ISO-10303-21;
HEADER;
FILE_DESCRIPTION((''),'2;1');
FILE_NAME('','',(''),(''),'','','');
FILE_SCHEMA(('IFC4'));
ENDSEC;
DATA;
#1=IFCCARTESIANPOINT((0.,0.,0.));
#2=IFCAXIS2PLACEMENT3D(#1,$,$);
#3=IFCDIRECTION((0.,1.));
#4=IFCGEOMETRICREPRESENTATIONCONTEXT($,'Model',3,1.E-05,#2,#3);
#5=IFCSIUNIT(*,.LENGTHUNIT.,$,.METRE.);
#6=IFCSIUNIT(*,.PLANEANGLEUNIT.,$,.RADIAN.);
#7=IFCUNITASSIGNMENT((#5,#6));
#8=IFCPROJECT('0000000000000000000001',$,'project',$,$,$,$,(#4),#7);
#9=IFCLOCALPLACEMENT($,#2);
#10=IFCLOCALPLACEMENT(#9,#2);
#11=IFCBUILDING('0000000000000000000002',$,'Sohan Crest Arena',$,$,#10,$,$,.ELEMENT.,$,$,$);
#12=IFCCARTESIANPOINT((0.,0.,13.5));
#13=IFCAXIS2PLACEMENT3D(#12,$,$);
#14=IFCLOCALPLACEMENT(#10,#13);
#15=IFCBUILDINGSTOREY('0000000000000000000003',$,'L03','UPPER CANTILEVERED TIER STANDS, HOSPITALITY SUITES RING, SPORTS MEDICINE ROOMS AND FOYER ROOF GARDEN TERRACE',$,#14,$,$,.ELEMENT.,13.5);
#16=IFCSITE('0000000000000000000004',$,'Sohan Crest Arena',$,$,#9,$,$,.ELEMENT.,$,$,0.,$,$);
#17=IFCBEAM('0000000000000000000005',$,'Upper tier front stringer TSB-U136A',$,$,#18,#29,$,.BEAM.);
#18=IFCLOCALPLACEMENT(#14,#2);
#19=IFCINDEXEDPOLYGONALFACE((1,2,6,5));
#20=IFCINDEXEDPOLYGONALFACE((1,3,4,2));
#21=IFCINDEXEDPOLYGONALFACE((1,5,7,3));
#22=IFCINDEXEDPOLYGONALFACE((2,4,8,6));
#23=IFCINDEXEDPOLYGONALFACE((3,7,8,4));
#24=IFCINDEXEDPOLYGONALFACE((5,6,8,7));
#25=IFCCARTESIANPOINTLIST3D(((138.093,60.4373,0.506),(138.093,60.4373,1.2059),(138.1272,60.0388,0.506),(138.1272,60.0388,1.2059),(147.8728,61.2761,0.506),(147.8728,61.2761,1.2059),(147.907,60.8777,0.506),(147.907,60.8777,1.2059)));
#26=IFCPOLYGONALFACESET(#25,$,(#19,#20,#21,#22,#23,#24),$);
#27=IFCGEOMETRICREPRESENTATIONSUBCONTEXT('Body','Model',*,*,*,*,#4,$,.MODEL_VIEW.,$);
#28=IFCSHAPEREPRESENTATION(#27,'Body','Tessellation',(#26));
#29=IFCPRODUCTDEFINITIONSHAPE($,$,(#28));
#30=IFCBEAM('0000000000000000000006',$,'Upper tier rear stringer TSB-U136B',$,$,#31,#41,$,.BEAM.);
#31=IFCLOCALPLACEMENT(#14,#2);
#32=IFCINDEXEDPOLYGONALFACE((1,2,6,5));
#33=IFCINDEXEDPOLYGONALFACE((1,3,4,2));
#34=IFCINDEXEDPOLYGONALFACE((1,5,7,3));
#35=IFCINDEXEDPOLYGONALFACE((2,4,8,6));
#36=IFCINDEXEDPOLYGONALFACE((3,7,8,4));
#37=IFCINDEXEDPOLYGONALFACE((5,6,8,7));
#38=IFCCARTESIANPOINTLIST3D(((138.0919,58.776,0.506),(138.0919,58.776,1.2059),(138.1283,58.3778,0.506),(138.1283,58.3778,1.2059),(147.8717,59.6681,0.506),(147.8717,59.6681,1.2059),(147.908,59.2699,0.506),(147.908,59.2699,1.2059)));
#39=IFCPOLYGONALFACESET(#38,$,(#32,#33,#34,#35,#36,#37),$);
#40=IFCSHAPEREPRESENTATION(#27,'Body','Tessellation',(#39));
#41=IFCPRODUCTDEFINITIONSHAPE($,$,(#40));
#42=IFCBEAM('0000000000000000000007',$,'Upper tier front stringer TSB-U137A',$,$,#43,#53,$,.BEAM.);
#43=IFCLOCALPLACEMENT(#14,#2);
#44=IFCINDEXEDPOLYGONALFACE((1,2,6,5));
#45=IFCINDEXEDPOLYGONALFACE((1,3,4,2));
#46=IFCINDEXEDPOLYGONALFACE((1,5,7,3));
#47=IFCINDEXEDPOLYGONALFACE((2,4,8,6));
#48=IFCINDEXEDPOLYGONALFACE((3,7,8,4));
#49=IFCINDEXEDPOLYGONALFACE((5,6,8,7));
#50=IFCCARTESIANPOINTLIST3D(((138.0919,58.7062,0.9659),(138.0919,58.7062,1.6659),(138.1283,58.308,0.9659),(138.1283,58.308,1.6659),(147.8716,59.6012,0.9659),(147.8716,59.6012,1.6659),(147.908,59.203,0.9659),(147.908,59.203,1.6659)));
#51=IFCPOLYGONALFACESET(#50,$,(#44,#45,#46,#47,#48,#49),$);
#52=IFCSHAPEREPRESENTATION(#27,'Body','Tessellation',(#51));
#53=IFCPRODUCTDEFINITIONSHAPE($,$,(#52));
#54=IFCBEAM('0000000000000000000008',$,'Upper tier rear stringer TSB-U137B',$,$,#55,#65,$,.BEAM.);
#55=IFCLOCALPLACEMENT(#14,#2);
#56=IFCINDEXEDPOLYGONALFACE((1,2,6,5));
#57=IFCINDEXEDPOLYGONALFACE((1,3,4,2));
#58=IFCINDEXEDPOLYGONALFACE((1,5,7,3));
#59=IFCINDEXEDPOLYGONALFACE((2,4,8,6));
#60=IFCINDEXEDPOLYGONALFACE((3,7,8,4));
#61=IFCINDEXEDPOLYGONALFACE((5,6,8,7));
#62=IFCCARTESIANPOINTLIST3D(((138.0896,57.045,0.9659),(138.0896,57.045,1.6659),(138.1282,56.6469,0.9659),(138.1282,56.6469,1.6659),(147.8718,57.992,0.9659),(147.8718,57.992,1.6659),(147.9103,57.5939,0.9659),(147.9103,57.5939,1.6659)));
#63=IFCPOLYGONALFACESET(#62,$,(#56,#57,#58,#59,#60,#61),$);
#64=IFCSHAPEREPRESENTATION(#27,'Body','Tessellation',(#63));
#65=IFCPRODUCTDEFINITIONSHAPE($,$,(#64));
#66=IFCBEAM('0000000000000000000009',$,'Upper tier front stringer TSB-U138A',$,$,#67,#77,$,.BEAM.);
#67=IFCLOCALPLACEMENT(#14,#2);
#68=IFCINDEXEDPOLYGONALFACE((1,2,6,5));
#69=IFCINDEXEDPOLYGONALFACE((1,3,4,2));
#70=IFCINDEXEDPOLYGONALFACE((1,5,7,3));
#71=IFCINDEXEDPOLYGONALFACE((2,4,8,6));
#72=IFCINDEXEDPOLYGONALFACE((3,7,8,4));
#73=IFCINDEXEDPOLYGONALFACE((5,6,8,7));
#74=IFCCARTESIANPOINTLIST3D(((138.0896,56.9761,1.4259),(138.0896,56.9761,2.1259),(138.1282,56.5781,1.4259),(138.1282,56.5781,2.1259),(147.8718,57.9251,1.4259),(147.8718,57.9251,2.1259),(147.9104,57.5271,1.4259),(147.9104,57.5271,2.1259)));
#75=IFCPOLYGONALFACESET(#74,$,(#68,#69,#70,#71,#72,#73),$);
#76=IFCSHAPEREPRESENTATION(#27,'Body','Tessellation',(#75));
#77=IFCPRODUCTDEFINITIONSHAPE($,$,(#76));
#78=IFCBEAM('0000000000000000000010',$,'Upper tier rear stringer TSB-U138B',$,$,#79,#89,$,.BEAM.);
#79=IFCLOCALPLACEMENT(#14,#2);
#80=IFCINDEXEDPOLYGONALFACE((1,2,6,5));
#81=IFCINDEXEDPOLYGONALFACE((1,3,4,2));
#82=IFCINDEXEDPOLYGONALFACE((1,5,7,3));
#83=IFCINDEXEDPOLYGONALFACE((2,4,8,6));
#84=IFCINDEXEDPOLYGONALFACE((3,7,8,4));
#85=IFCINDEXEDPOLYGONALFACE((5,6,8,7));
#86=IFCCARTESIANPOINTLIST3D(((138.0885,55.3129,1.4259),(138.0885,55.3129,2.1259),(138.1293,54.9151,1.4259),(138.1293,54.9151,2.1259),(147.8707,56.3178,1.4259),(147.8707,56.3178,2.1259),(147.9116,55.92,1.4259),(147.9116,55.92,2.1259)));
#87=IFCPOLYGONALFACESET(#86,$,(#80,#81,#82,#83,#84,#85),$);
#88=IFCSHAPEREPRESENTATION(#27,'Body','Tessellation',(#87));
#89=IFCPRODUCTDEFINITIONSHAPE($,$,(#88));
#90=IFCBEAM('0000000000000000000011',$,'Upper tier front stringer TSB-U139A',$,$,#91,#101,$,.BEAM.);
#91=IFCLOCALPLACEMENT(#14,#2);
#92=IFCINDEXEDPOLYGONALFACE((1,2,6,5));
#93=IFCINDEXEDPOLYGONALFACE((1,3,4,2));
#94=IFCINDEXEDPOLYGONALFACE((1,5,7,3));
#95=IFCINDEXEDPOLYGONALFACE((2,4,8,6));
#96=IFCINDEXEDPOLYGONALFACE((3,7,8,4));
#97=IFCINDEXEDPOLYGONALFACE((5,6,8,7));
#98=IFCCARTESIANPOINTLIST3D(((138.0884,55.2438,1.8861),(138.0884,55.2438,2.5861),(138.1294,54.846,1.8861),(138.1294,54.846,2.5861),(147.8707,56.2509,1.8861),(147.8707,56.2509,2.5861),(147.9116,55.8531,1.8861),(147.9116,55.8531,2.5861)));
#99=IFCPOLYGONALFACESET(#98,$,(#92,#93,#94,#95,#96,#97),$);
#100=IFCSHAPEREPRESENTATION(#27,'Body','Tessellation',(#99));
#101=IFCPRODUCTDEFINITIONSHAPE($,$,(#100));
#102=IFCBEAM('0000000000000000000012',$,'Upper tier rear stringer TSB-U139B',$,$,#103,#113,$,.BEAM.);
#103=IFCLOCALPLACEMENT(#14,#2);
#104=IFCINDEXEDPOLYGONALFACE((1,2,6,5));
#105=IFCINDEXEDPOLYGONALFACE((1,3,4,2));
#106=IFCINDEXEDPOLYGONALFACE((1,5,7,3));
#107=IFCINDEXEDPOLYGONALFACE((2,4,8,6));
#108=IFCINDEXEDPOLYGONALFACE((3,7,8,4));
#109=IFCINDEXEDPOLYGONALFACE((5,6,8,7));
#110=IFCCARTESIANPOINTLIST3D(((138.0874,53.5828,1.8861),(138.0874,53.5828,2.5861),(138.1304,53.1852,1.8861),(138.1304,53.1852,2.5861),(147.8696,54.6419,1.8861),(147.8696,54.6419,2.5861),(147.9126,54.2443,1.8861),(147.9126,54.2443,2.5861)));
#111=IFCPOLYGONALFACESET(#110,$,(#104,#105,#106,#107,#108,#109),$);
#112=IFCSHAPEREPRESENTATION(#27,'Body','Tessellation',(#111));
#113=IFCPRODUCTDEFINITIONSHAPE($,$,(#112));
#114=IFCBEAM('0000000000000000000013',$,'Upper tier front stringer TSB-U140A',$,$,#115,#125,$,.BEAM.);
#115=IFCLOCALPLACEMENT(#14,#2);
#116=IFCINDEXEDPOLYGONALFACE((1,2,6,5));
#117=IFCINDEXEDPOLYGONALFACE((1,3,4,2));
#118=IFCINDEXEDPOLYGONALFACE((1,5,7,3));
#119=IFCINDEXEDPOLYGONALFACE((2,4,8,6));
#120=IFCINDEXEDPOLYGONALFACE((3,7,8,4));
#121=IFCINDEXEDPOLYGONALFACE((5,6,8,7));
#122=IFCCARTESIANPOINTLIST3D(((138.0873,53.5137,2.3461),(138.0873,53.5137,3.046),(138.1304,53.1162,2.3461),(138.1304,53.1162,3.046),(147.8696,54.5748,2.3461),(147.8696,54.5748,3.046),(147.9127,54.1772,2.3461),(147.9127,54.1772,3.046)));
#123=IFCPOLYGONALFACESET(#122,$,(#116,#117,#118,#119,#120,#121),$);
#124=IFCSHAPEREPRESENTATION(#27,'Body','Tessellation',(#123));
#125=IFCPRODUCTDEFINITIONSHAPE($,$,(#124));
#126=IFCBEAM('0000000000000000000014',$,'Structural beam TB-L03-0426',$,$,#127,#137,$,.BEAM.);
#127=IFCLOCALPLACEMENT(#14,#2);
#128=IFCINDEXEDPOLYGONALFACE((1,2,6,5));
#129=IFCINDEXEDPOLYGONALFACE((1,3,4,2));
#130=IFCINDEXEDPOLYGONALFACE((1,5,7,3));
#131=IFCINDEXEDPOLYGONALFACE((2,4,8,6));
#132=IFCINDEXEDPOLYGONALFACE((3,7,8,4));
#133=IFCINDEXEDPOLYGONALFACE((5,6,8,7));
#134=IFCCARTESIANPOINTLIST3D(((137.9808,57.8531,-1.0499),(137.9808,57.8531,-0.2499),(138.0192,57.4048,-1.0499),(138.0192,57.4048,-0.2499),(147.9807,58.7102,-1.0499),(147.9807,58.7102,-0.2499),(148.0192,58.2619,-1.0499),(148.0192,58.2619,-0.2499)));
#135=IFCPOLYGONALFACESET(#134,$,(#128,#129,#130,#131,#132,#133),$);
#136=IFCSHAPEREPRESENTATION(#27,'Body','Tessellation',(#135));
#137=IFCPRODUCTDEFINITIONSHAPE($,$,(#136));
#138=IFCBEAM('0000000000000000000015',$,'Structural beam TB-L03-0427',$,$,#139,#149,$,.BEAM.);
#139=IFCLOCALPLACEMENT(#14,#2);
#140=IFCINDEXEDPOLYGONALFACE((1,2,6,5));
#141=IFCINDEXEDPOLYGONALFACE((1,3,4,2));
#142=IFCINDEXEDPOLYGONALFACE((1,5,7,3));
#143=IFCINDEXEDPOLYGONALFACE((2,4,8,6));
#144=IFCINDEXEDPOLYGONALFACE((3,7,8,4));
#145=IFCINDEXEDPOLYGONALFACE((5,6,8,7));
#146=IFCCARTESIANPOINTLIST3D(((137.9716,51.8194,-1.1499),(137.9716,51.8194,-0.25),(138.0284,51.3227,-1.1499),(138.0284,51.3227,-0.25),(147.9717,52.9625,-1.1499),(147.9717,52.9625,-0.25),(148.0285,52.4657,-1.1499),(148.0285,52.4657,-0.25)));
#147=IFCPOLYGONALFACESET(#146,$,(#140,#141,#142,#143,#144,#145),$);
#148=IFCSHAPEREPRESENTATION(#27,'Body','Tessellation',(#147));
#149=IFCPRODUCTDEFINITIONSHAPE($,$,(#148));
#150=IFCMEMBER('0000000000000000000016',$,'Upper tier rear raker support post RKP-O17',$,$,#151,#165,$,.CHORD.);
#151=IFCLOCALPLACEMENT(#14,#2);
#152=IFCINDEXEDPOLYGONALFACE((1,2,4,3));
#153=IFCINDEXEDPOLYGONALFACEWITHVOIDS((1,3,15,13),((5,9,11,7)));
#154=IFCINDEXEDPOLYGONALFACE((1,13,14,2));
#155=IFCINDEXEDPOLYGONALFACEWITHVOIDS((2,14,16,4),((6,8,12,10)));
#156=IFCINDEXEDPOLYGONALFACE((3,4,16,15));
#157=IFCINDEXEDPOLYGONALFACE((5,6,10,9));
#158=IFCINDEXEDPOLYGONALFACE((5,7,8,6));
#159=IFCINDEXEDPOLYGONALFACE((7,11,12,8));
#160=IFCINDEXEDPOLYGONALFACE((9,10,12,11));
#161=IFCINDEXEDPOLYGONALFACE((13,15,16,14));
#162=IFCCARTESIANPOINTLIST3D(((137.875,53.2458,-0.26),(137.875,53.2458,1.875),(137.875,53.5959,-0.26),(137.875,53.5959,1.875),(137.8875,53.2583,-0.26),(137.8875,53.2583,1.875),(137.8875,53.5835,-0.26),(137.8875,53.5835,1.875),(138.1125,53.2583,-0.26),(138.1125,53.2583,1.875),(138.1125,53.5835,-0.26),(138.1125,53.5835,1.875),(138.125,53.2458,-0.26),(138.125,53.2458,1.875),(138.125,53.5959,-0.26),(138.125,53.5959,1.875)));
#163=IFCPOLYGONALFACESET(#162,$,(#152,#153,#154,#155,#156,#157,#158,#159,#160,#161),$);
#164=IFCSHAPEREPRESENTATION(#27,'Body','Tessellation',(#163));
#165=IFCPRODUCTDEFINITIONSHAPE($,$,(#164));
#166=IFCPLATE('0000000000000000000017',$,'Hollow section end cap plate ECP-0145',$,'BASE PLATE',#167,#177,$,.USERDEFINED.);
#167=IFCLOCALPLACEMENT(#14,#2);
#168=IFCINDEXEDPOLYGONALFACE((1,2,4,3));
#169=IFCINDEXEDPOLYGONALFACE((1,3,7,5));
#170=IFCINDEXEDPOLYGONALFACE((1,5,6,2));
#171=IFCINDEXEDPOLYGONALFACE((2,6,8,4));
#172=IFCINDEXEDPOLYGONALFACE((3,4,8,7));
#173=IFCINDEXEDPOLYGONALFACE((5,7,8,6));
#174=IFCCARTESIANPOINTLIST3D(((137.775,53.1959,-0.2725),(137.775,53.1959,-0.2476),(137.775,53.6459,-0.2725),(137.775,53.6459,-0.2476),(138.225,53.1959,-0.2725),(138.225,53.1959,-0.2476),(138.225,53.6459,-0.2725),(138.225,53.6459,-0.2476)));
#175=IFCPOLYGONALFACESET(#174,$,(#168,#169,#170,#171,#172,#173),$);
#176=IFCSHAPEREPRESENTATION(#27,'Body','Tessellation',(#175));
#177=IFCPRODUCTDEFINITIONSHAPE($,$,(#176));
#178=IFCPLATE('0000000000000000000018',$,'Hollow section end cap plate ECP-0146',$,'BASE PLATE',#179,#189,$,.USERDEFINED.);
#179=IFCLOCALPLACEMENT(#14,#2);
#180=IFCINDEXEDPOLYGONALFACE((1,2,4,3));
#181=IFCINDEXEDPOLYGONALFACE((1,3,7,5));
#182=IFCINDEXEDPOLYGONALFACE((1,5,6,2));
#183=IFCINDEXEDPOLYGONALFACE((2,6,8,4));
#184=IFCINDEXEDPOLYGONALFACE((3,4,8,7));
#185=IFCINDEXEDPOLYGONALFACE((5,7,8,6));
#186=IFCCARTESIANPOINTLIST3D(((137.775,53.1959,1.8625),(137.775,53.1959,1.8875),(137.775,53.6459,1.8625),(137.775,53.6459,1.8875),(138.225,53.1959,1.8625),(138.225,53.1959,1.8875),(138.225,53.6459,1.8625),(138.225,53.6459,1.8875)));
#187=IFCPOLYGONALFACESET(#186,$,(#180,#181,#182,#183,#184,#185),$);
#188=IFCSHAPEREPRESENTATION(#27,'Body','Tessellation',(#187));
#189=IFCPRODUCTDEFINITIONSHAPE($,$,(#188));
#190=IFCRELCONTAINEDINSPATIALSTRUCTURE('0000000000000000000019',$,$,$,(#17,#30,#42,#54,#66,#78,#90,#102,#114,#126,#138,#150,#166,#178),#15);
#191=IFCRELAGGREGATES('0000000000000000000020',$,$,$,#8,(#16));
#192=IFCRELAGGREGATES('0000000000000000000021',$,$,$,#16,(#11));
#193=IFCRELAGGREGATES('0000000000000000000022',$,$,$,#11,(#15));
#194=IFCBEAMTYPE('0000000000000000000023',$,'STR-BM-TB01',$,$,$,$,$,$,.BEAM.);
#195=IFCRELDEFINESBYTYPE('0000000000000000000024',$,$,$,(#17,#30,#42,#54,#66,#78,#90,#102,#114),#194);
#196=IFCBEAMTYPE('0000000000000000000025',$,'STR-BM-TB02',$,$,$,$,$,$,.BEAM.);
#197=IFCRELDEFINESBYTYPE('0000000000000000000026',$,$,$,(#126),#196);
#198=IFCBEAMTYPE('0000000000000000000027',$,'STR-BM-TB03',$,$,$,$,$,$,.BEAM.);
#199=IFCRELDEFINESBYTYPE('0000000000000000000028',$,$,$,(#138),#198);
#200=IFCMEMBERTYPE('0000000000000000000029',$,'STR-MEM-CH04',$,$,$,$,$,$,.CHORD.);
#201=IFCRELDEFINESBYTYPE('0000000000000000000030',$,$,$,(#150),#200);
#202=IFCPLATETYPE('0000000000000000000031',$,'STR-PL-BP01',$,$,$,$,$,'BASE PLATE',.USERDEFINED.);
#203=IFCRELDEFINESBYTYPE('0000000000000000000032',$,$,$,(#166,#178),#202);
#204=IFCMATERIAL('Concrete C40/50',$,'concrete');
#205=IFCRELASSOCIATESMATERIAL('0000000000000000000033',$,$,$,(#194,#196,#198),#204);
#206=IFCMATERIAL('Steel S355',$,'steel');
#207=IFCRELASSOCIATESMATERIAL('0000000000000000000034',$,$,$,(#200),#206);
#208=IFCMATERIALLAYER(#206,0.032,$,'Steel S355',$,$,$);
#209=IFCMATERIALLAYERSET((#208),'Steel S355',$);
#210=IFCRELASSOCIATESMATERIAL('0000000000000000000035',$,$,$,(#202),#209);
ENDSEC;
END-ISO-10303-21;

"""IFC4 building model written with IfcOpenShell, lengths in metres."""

from ifc_helpers import new_model, si_unit, direction, frame, origin, origin_2d, place, context, subcontext, project, spatial, rectangle, hollow_rectangle, extrude, material, layer, layer_set, material_profile, profile_set, type_object, element, save


model = new_model("IFC4")

# Units and contexts
model_context = context("Model", 3, precision=1e-05, world=origin(), true_north=direction((0.0, 1.0)))
body_context = subcontext(model_context, "Body", "Model", "MODEL_VIEW")
ifc_project = project(units=[si_unit("LENGTHUNIT", "METRE"), si_unit("PLANEANGLEUNIT", "RADIAN")], contexts=[model_context])

# Site, building, storey
site_placement = place(None, origin())
site = spatial("IfcSite", under=ifc_project, at=site_placement, Name="Sohan Crest Arena", CompositionType="ELEMENT", RefElevation=0.0)
building_placement = place(site_placement, origin())
building = spatial("IfcBuilding", under=site, at=building_placement, Name="Sohan Crest Arena", CompositionType="ELEMENT")
storey_placement = place(building_placement, frame((0.0, 0.0, 13.5)))
storey = spatial("IfcBuildingStorey", under=building, at=storey_placement, Name="L03", Description="UPPER CANTILEVERED TIER STANDS, HOSPITALITY SUITES RING, SPORTS MEDICINE ROOMS AND FOYER ROOF GARDEN TERRACE", CompositionType="ELEMENT", Elevation=13.5)

# Shared definitions
ifc_material_1 = material(Name="Concrete C40/50", Category="concrete")
ifc_material_2 = material(Name="Steel S355", Category="steel")

# Beams
ifc_material_profile_1 = material_profile(ifc_material_1, rectangle(XDim=0.3999, YDim=0.7, at=origin_2d()), Name="RC-BM 400x700")
ifc_profile_set_1 = profile_set([ifc_material_profile_1], Name="Concrete C40/50")
beam_type_1 = type_object("IfcBeamType", Name="STR-BM-TB01", PredefinedType="BEAM", material=ifc_profile_set_1)
beam_1_placement = place(storey_placement, frame((138.1101, 60.238, 0.856), z_axis=(0.996341, 0.085462, 0.0), x_axis=(-0.085462, 0.996341, 0.0)))
element("IfcBeam", 1, at=beam_1_placement, inside=storey, type_object=beam_type_1, Name="Upper tier front stringer TSB-U136A", PredefinedType="BEAM", context=body_context, shape_type="SweptSolid", body=[
    extrude(rectangle(XDim=0.3999, YDim=0.7, at=origin_2d()), origin(), (0.0, 0.0, 1.0), 9.8157),
])
beam_2_placement = place(storey_placement, frame((138.1101, 58.5769, 0.856), z_axis=(0.995865, 0.090841, 0.0), x_axis=(-0.090841, 0.995865, 0.0)))
element("IfcBeam", 2, at=beam_2_placement, inside=storey, type_object=beam_type_1, Name="Upper tier rear stringer TSB-U136B", PredefinedType="BEAM", context=body_context, shape_type="SweptSolid", body=[
    extrude(rectangle(XDim=0.3999, YDim=0.7, at=origin_2d()), origin(), (0.0, 0.0, 1.0), 9.8203),
])
beam_3_placement = place(storey_placement, frame((138.1101, 58.5071, 1.3159), z_axis=(0.995838, 0.091136, 0.0), x_axis=(-0.091136, 0.995838, 0.0)))
element("IfcBeam", 3, at=beam_3_placement, inside=storey, type_object=beam_type_1, Name="Upper tier front stringer TSB-U137A", PredefinedType="BEAM", context=body_context, shape_type="SweptSolid", body=[
    extrude(rectangle(XDim=0.3999, YDim=0.7, at=origin_2d()), origin(), (0.0, 0.0, 1.0), 9.8206),
])
beam_4_placement = place(storey_placement, frame((138.1089, 56.8459, 1.3159), z_axis=(0.995347, 0.09636, 0.0), x_axis=(-0.09636, 0.995347, 0.0)))
element("IfcBeam", 4, at=beam_4_placement, inside=storey, type_object=beam_type_1, Name="Upper tier rear stringer TSB-U137B", PredefinedType="BEAM", context=body_context, shape_type="SweptSolid", body=[
    extrude(rectangle(XDim=0.3999, YDim=0.7, at=origin_2d()), origin(), (0.0, 0.0, 1.0), 9.8279),
])
beam_5_placement = place(storey_placement, frame((138.1089, 56.7771, 1.7759), z_axis=(0.995327, 0.096557, 0.0), x_axis=(-0.096557, 0.995327, 0.0)))
element("IfcBeam", 5, at=beam_5_placement, inside=storey, type_object=beam_type_1, Name="Upper tier front stringer TSB-U138A", PredefinedType="BEAM", context=body_context, shape_type="SweptSolid", body=[
    extrude(rectangle(XDim=0.3999, YDim=0.7, at=origin_2d()), origin(), (0.0, 0.0, 1.0), 9.8281),
])
beam_6_placement = place(storey_placement, frame((138.1089, 55.114, 1.7759), z_axis=(0.994765, 0.102188, 0.0), x_axis=(-0.102188, 0.994765, 0.0)))
element("IfcBeam", 6, at=beam_6_placement, inside=storey, type_object=beam_type_1, Name="Upper tier rear stringer TSB-U138B", PredefinedType="BEAM", context=body_context, shape_type="SweptSolid", body=[
    extrude(rectangle(XDim=0.3999, YDim=0.7, at=origin_2d()), origin(), (0.0, 0.0, 1.0), 9.8337),
])
beam_7_placement = place(storey_placement, frame((138.1089, 55.0449, 2.2361), z_axis=(0.994742, 0.102409, 0.0), x_axis=(-0.102409, 0.994742, 0.0)))
element("IfcBeam", 7, at=beam_7_placement, inside=storey, type_object=beam_type_1, Name="Upper tier front stringer TSB-U139A", PredefinedType="BEAM", context=body_context, shape_type="SweptSolid", body=[
    extrude(rectangle(XDim=0.3999, YDim=0.7, at=origin_2d()), origin(), (0.0, 0.0, 1.0), 9.834),
])
beam_8_placement = place(storey_placement, frame((138.1089, 53.384, 2.2361), z_axis=(0.99419, 0.107637, 0.0), x_axis=(-0.107637, 0.99419, 0.0)))
element("IfcBeam", 8, at=beam_8_placement, inside=storey, type_object=beam_type_1, Name="Upper tier rear stringer TSB-U139B", PredefinedType="BEAM", context=body_context, shape_type="SweptSolid", body=[
    extrude(rectangle(XDim=0.3999, YDim=0.7, at=origin_2d()), origin(), (0.0, 0.0, 1.0), 9.8394),
])
beam_9_placement = place(storey_placement, frame((138.1089, 53.3149, 2.696), z_axis=(0.994169, 0.107833, 0.0), x_axis=(-0.107833, 0.994169, 0.0)))
element("IfcBeam", 9, at=beam_9_placement, inside=storey, type_object=beam_type_1, Name="Upper tier front stringer TSB-U140A", PredefinedType="BEAM", context=body_context, shape_type="SweptSolid", body=[
    extrude(rectangle(XDim=0.3999, YDim=0.7, at=origin_2d()), origin(), (0.0, 0.0, 1.0), 9.8396),
])
ifc_material_profile_2 = material_profile(ifc_material_1, rectangle(XDim=0.45, YDim=0.8, at=origin_2d()), Name="RC-BM 450x800")
ifc_profile_set_2 = profile_set([ifc_material_profile_2], Name="Concrete C40/50")
beam_type_2 = type_object("IfcBeamType", Name="STR-BM-TB02", PredefinedType="BEAM", material=ifc_profile_set_2)
beam_10_placement = place(storey_placement, frame((138.0, 57.6289, -0.6499), z_axis=(0.996346, 0.085405, 0.0), x_axis=(-0.085405, 0.996346, 0.0)))
element("IfcBeam", 10, at=beam_10_placement, inside=storey, type_object=beam_type_2, Name="Structural beam TB-L03-0426", PredefinedType="BEAM", context=body_context, shape_type="SweptSolid", body=[
    extrude(rectangle(XDim=0.45, YDim=0.8, at=origin_2d()), origin(), (0.0, 0.0, 1.0), 10.0366),
])
ifc_material_profile_3 = material_profile(ifc_material_1, rectangle(XDim=0.5, YDim=0.8999, at=origin_2d()), Name="RC-BM 500x900")
ifc_profile_set_3 = profile_set([ifc_material_profile_3], Name="Concrete C40/50")
beam_type_3 = type_object("IfcBeamType", Name="STR-BM-TB03", PredefinedType="BEAM", material=ifc_profile_set_3)
beam_11_placement = place(storey_placement, frame((138.0, 51.571, -0.7), z_axis=(0.99353, 0.113567, 0.0), x_axis=(-0.113567, 0.99353, 0.0)))
element("IfcBeam", 11, at=beam_11_placement, inside=storey, type_object=beam_type_3, Name="Structural beam TB-L03-0427", PredefinedType="BEAM", context=body_context, shape_type="SweptSolid", body=[
    extrude(rectangle(XDim=0.5, YDim=0.8999, at=origin_2d()), origin(), (0.0, 0.0, 1.0), 10.0652),
])

# Member
ifc_material_profile_4 = material_profile(ifc_material_2, hollow_rectangle(XDim=0.25, YDim=0.3501, WallThickness=0.0125, at=origin_2d()), Name="RHS 350x250x12.5")
ifc_profile_set_4 = profile_set([ifc_material_profile_4], Name="Steel S355")
member_type = type_object("IfcMemberType", Name="STR-MEM-CH04", PredefinedType="CHORD", material=ifc_profile_set_4)
member_placement = place(storey_placement, frame((138.0, 53.4209, -0.26), z_axis=(0.0, 0.0, 1.0), x_axis=(1.0, 0.0, 0.0)))
element("IfcMember", 12, at=member_placement, inside=storey, type_object=member_type, Name="Upper tier rear raker support post RKP-O17", PredefinedType="CHORD", context=body_context, shape_type="SweptSolid", body=[
    extrude(hollow_rectangle(XDim=0.25, YDim=0.3501, WallThickness=0.0125, at=origin_2d()), origin(), (0.0, 0.0, 1.0), 2.135),
])

# Plates
ifc_layer_1 = layer(ifc_material_2, 0.032, Name="Steel S355")
ifc_layer_set_1 = layer_set([ifc_layer_1], Name="Steel S355")
plate_type = type_object("IfcPlateType", Name="STR-PL-BP01", ElementType="BASE PLATE", PredefinedType="USERDEFINED", material=ifc_layer_set_1)
for number, where, z_axis, x_axis, name in (
    (13, (138.0, 53.4209, -0.2725), (0.0, 0.0, 1.0), (1.0, 0.0, 0.0), "Hollow section end cap plate ECP-0145"),
    (14, (138.0, 53.4209, 1.8625), (0.0, 0.0, 1.0), (1.0, 0.0, 0.0), "Hollow section end cap plate ECP-0146"),
):
    element("IfcPlate", number, at=place(storey_placement, frame(where, z_axis=z_axis, x_axis=x_axis)), inside=storey, type_object=plate_type, Name=name, ObjectType="BASE PLATE", PredefinedType="USERDEFINED", context=body_context, shape_type="SweptSolid", body=[
        extrude(rectangle(XDim=0.45, YDim=0.45, at=origin_2d()), origin(), (0.0, 0.0, 1.0), 0.0249),
    ])

save(model, "model.ifc")
